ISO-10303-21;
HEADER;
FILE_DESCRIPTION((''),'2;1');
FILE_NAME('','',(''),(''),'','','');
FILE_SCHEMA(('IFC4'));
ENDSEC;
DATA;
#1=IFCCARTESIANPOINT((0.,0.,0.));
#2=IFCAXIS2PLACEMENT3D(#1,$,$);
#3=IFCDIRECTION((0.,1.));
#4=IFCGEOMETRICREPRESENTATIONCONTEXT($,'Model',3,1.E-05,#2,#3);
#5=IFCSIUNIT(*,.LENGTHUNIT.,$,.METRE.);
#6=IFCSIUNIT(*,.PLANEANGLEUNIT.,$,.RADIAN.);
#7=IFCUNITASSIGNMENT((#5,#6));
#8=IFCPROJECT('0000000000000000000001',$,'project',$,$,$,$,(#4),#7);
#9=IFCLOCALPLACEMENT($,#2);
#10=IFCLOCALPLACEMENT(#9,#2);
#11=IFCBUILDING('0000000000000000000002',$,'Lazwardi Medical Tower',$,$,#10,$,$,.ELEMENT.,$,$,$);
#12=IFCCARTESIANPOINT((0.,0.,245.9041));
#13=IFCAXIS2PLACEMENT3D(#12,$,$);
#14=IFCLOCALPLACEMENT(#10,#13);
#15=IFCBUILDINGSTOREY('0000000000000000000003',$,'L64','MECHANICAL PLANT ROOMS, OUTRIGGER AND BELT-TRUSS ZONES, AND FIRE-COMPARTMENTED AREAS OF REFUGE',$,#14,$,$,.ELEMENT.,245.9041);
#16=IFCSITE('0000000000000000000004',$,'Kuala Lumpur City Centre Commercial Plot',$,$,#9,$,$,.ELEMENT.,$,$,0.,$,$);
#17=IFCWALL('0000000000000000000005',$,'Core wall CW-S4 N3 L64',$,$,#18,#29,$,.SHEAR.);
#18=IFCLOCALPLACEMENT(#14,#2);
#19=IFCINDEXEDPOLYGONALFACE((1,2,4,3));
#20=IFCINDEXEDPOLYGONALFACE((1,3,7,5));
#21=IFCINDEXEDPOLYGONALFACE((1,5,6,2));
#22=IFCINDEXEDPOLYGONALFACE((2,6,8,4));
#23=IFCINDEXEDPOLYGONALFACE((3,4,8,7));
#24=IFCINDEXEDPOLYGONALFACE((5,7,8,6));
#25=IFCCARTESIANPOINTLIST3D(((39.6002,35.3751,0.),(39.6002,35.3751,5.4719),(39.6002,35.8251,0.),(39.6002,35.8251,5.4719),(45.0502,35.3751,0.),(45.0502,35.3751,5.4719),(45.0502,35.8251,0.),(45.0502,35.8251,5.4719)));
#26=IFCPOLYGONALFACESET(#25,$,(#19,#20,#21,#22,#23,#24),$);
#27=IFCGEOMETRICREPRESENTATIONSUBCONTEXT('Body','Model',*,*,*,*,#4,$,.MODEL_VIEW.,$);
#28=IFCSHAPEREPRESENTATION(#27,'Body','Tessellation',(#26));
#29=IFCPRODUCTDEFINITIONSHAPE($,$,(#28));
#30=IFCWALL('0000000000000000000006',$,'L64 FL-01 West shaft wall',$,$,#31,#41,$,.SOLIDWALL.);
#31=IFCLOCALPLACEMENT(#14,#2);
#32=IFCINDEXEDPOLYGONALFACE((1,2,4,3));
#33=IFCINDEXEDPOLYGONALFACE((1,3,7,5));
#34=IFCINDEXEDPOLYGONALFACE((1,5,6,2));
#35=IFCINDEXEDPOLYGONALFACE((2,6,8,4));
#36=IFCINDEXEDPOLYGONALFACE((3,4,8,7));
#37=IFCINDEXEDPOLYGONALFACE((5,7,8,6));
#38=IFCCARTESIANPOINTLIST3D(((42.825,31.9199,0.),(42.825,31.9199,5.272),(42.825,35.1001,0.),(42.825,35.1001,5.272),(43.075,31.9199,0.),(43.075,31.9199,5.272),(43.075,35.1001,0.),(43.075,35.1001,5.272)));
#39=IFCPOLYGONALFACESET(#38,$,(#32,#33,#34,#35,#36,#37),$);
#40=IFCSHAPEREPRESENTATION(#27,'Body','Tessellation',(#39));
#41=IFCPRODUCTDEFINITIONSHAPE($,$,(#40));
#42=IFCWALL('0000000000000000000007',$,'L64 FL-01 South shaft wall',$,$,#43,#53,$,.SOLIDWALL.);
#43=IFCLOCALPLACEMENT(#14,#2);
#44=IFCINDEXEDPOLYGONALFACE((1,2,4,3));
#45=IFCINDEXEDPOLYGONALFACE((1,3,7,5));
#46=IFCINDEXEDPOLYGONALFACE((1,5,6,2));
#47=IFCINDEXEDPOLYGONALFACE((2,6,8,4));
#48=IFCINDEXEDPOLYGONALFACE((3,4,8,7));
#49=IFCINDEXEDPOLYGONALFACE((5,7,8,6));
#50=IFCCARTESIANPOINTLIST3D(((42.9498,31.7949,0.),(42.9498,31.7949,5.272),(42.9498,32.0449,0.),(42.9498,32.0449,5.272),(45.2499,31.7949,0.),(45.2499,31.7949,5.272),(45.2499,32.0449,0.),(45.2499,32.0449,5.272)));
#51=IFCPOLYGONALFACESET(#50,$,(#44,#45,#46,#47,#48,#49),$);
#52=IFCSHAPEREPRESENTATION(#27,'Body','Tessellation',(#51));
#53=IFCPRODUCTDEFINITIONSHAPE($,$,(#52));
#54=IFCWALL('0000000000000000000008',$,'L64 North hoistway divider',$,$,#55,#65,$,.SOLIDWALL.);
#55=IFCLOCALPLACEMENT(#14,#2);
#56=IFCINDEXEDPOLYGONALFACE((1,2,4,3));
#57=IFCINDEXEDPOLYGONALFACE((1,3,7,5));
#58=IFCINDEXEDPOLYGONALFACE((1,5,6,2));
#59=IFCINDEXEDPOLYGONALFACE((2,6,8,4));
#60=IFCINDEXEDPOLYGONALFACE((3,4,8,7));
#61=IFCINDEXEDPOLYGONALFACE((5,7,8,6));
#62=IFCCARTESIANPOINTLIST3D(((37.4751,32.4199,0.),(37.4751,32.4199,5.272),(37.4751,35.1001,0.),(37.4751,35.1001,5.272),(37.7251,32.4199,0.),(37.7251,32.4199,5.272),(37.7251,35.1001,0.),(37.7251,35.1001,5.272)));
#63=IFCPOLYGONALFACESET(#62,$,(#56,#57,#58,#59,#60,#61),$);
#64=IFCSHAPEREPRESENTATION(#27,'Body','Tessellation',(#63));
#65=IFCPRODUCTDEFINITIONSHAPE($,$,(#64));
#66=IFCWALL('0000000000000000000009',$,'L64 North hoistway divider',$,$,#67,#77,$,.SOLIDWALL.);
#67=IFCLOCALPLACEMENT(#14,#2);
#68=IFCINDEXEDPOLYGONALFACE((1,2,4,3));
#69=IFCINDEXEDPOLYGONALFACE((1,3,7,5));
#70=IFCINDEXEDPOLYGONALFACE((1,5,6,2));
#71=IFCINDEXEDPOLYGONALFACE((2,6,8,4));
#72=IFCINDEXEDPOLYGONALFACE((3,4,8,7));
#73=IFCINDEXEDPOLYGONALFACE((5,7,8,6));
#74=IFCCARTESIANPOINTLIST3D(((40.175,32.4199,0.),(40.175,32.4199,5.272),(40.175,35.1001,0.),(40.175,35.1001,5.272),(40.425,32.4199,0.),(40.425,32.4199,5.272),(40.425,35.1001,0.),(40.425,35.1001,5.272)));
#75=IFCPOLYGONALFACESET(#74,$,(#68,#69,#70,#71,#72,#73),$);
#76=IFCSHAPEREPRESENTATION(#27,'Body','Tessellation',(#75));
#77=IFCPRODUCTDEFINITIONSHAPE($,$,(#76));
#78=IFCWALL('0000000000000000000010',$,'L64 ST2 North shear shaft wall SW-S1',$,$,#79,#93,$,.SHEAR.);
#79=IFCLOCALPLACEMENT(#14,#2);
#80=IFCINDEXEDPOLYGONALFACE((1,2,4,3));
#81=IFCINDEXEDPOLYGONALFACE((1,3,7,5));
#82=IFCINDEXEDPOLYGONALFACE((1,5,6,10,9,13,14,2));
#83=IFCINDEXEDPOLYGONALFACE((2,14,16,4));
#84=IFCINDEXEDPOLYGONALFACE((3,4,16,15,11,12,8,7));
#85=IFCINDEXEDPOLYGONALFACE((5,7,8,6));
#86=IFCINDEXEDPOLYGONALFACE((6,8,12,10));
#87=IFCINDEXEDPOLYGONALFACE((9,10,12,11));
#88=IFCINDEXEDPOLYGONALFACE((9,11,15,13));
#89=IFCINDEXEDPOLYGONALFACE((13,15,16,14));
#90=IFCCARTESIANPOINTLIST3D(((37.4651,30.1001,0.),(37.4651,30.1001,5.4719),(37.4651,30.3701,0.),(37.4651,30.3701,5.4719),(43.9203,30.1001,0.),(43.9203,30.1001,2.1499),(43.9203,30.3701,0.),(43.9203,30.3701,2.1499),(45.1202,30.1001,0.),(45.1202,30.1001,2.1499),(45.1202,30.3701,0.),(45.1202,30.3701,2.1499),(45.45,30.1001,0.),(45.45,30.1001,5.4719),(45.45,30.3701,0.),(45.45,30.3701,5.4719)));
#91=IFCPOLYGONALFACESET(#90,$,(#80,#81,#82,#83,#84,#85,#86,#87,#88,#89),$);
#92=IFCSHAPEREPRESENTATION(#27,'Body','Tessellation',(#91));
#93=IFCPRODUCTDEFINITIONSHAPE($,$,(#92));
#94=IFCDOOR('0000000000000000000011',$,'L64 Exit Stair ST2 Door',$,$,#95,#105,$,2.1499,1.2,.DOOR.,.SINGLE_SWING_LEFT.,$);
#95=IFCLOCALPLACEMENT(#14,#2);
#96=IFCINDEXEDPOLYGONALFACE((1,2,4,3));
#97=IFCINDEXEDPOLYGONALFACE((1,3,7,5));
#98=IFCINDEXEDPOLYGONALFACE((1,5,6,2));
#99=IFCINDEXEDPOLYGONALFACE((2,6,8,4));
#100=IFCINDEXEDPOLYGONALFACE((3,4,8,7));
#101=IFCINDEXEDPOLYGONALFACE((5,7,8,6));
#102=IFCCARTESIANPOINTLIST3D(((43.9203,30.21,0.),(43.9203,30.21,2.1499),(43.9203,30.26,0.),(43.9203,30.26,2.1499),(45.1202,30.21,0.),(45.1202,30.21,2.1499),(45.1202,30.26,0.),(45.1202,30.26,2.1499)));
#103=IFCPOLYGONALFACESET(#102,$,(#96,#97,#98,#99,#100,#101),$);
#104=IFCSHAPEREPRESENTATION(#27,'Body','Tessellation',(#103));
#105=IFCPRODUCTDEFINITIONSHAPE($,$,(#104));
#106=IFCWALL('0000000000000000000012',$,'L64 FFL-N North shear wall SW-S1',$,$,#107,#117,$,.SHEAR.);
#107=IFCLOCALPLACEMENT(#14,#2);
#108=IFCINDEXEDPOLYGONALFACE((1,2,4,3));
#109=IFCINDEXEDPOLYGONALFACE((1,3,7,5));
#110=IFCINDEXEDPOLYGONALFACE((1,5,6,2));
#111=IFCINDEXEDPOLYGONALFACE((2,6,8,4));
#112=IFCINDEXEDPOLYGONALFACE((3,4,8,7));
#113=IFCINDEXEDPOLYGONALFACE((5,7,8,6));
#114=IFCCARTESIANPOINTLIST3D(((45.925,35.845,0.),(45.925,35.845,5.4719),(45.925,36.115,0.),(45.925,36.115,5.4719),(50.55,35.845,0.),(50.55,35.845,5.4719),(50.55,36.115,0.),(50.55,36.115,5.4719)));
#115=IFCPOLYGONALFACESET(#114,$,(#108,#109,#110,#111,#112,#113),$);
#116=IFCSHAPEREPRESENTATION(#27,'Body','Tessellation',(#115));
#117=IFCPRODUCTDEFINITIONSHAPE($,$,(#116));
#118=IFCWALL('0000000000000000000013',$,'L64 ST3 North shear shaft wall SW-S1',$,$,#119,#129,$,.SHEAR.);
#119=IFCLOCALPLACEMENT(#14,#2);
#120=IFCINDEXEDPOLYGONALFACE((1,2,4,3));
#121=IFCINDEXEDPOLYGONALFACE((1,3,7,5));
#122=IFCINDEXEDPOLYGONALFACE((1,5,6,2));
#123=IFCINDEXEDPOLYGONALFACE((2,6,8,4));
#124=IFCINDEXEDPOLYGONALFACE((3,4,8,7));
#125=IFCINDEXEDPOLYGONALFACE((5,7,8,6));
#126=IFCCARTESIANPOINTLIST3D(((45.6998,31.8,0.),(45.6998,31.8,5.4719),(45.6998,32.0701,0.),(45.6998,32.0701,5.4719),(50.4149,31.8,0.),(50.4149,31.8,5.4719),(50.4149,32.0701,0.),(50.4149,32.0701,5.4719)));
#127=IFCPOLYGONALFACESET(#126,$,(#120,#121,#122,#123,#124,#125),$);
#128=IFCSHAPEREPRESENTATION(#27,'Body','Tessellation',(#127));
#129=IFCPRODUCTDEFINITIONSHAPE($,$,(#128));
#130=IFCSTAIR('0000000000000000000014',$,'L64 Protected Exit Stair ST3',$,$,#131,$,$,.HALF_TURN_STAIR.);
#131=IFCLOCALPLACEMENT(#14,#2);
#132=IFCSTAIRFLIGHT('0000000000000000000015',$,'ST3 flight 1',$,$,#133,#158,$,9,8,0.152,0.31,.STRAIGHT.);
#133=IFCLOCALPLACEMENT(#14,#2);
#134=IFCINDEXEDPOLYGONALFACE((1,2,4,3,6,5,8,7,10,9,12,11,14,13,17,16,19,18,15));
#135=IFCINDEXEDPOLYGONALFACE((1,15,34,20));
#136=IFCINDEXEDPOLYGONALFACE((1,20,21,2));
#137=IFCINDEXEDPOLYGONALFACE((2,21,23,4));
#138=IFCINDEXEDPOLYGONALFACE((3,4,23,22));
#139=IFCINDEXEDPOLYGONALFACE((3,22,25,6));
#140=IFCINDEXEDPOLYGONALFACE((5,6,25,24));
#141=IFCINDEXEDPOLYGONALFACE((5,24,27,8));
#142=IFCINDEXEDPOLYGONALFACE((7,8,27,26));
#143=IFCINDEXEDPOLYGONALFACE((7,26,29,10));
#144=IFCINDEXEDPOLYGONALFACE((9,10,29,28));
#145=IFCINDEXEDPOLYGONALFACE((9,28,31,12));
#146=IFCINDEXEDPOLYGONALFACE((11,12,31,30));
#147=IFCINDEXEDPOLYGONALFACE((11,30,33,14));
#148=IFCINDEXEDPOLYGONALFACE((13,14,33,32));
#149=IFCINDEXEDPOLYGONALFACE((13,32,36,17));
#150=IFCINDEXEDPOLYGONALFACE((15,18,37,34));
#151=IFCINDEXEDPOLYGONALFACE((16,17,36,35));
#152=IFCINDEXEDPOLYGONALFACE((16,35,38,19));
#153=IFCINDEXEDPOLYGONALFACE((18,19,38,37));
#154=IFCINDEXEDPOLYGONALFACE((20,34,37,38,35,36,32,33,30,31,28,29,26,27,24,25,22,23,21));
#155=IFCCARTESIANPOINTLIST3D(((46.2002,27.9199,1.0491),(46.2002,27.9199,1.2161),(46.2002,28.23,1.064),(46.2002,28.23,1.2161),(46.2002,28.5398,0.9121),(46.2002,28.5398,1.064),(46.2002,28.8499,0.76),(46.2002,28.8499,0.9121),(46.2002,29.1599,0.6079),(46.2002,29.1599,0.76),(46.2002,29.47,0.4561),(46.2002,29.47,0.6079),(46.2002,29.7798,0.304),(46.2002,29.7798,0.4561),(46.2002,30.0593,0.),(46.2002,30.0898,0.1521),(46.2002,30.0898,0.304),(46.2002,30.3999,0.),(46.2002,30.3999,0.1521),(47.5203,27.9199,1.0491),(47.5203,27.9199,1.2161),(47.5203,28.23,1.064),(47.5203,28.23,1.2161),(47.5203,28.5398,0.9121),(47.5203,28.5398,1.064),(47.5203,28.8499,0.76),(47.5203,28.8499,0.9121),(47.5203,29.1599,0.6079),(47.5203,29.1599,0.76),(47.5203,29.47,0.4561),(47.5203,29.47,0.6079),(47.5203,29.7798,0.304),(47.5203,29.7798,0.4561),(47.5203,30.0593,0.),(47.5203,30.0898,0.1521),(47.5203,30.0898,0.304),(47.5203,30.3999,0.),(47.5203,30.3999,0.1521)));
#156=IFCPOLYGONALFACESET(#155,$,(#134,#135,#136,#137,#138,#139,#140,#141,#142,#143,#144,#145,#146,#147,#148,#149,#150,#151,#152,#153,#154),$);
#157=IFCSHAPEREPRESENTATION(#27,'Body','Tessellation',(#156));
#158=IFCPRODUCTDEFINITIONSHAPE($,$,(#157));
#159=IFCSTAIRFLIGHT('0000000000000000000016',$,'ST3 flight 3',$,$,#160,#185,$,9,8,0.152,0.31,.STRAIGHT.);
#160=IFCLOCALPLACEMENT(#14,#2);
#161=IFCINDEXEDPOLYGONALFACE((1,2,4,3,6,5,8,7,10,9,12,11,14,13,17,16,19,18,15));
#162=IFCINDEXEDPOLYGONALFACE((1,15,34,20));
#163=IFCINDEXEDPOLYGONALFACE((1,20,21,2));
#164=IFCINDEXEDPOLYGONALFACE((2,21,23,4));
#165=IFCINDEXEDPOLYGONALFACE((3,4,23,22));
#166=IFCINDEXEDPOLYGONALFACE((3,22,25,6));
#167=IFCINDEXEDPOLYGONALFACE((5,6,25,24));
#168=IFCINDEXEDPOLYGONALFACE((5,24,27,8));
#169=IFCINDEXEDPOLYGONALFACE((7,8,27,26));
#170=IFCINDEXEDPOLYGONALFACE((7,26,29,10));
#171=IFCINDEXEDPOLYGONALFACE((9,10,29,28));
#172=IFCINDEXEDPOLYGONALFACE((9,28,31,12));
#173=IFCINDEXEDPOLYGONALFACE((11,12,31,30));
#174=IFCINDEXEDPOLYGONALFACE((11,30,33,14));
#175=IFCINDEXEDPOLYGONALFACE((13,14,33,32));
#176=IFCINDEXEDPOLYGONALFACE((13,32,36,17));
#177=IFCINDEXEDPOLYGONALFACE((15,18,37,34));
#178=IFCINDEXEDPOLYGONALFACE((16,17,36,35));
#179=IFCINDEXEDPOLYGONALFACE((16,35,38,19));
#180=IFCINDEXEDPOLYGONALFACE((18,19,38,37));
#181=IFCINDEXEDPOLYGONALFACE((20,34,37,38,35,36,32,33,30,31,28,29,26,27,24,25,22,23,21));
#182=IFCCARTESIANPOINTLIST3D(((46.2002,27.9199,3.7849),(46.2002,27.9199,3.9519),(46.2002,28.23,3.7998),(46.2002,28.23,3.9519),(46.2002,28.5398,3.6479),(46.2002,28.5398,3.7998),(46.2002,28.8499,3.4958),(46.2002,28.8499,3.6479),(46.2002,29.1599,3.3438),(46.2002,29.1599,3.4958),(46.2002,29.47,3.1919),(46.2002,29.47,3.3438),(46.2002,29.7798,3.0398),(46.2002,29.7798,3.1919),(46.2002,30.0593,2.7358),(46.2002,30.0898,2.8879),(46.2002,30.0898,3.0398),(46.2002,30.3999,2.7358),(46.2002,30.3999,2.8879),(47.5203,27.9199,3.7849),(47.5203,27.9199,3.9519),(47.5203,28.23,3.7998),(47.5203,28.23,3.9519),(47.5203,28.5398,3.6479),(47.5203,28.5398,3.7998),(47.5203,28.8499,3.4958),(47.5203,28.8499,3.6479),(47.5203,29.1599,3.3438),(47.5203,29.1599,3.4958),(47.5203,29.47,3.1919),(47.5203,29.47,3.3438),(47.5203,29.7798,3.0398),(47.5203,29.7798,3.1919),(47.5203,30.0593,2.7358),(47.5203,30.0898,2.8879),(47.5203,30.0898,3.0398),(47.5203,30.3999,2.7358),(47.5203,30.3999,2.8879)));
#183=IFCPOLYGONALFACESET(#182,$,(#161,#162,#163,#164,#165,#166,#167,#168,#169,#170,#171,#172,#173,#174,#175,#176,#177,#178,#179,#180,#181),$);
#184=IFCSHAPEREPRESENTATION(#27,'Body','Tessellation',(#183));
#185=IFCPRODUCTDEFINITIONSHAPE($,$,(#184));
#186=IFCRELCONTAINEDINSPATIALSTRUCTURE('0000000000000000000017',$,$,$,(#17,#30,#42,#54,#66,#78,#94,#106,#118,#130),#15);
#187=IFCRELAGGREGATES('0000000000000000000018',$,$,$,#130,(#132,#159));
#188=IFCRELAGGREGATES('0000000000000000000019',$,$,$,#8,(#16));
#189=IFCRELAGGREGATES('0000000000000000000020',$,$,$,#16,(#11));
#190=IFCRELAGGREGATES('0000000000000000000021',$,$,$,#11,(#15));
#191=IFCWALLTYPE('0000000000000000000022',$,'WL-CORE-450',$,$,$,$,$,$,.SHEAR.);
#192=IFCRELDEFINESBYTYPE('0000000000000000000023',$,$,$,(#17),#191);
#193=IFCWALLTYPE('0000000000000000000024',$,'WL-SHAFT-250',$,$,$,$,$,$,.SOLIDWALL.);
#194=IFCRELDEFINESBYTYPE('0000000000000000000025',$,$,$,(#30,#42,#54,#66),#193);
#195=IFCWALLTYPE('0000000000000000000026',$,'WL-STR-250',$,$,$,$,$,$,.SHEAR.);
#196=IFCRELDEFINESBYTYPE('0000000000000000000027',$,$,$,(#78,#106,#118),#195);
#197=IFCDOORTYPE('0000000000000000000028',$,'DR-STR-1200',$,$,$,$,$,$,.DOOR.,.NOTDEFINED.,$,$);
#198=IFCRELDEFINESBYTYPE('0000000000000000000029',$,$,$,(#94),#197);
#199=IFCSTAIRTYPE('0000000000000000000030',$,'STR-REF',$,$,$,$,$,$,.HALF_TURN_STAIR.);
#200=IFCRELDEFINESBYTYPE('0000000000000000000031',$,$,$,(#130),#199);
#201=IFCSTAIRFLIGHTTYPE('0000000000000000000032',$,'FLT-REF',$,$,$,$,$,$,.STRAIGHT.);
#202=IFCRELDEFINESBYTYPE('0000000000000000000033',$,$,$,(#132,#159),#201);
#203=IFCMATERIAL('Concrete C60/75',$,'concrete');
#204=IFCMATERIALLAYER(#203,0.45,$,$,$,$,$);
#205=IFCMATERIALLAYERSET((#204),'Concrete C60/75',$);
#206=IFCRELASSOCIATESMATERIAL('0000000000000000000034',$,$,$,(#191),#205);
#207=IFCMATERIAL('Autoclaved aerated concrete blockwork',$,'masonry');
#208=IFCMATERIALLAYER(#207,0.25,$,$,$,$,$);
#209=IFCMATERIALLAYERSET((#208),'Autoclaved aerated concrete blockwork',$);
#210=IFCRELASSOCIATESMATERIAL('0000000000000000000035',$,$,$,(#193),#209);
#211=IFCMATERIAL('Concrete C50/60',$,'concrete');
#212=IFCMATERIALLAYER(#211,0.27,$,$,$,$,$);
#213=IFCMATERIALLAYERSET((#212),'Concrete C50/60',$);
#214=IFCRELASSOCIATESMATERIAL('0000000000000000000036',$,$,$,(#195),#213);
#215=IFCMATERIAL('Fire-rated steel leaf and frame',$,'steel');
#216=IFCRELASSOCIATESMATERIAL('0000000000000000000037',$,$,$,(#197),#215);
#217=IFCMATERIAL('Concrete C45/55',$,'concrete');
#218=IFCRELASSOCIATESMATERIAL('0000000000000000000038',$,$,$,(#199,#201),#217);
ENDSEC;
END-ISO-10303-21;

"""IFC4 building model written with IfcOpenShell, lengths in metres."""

from ifc_helpers import new_model, si_unit, direction, frame, frame_2d, origin, place, context, subcontext, project, spatial, polyline, rectangle, outline, extrude, material, layer, layer_set, type_object, element, fill, aggregate, save


model = new_model("IFC4")

# Units and contexts
model_context = context("Model", 3, precision=1e-05, world=origin(), true_north=direction((0.0, 1.0)))
body_context = subcontext(model_context, "Body", "Model", "MODEL_VIEW")
ifc_project = project(units=[si_unit("LENGTHUNIT", "METRE"), si_unit("PLANEANGLEUNIT", "RADIAN")], contexts=[model_context])

# Site, building, storey
site_placement = place(None, origin())
site = spatial("IfcSite", under=ifc_project, at=site_placement, Name="Kuala Lumpur City Centre Commercial Plot", CompositionType="ELEMENT", RefElevation=0.0)
building_placement = place(site_placement, origin())
building = spatial("IfcBuilding", under=site, at=building_placement, Name="Lazwardi Medical Tower", CompositionType="ELEMENT")
storey_placement = place(building_placement, frame((0.0, 0.0, 245.9041)))
storey = spatial("IfcBuildingStorey", under=building, at=storey_placement, Name="L64", Description="MECHANICAL PLANT ROOMS, OUTRIGGER AND BELT-TRUSS ZONES, AND FIRE-COMPARTMENTED AREAS OF REFUGE", CompositionType="ELEMENT", Elevation=245.9041)

# Shared definitions
ifc_material_1 = material(Name="Concrete C60/75", Category="concrete")

# Walls
ifc_layer_1 = layer(ifc_material_1, 0.45)
ifc_layer_set_1 = layer_set([ifc_layer_1], Name="Concrete C60/75")
wall_type_1 = type_object("IfcWallType", Name="WL-CORE-450", PredefinedType="SHEAR", material=ifc_layer_set_1)
wall_1_placement = place(storey_placement, frame((39.6001, 35.6001, 0.0), z_axis=(0.0, 0.0, 1.0), x_axis=(1.0, 0.0, 0.0)))
element("IfcWall", 1, at=wall_1_placement, inside=storey, type_object=wall_type_1, Name="Core wall CW-S4 N3 L64", PredefinedType="SHEAR", context=body_context, shape_type="SweptSolid", body=[
    extrude(rectangle(XDim=5.45, YDim=0.45, at=frame_2d((2.7251, 0.0))), origin(), (0.0, 0.0, 1.0), 5.4719),
])
ifc_material_2 = material(Name="Autoclaved aerated concrete blockwork", Category="masonry")
ifc_layer_2 = layer(ifc_material_2, 0.25)
ifc_layer_set_2 = layer_set([ifc_layer_2], Name="Autoclaved aerated concrete blockwork")
wall_type_2 = type_object("IfcWallType", Name="WL-SHAFT-250", PredefinedType="SOLIDWALL", material=ifc_layer_set_2)
wall_2_placement = place(storey_placement, frame((42.95, 31.9199, 0.0), z_axis=(0.0, 0.0, 1.0), x_axis=(0.0, 1.0, 0.0)))
element("IfcWall", 2, at=wall_2_placement, inside=storey, type_object=wall_type_2, Name="L64 FL-01 West shaft wall", PredefinedType="SOLIDWALL", context=body_context, shape_type="SweptSolid", body=[
    extrude(rectangle(XDim=3.1802, YDim=0.25, at=frame_2d((1.5901, 0.0))), origin(), (0.0, 0.0, 1.0), 5.272),
])
wall_3_placement = place(storey_placement, frame((42.95, 31.9199, 0.0), z_axis=(0.0, 0.0, 1.0), x_axis=(1.0, 0.0, 0.0)))
element("IfcWall", 3, at=wall_3_placement, inside=storey, type_object=wall_type_2, Name="L64 FL-01 South shaft wall", PredefinedType="SOLIDWALL", context=body_context, shape_type="SweptSolid", body=[
    extrude(rectangle(XDim=2.3, YDim=0.25, at=frame_2d((1.1499, 0.0))), origin(), (0.0, 0.0, 1.0), 5.272),
])
for number, where, z_axis, x_axis, name in (
    (4, (37.6001, 32.4199, 0.0), (0.0, 0.0, 1.0), (0.0, 1.0, 0.0), "L64 North hoistway divider"),
    (5, (40.3, 32.4199, 0.0), (0.0, 0.0, 1.0), (0.0, 1.0, 0.0), "L64 North hoistway divider"),
):
    element("IfcWall", number, at=place(storey_placement, frame(where, z_axis=z_axis, x_axis=x_axis)), inside=storey, type_object=wall_type_2, Name=name, PredefinedType="SOLIDWALL", context=body_context, shape_type="SweptSolid", body=[
        extrude(rectangle(XDim=2.6802, YDim=0.25, at=frame_2d((1.3401, 0.0))), origin(), (0.0, 0.0, 1.0), 5.272),
    ])

# Wall, opening, door
ifc_material_3 = material(Name="Concrete C50/60", Category="concrete")
ifc_layer_3 = layer(ifc_material_3, 0.27)
ifc_layer_set_3 = layer_set([ifc_layer_3], Name="Concrete C50/60")
wall_type_3 = type_object("IfcWallType", Name="WL-STR-250", PredefinedType="SHEAR", material=ifc_layer_set_3)
wall_4_placement = place(storey_placement, frame((37.4651, 30.2351, 0.0), z_axis=(0.0, 0.0, 1.0), x_axis=(1.0, 0.0, 0.0)))
wall_4 = element("IfcWall", 6, at=wall_4_placement, inside=storey, type_object=wall_type_3, Name="L64 ST2 North shear shaft wall SW-S1", PredefinedType="SHEAR", context=body_context, shape_type="SweptSolid", body=[
    extrude(rectangle(XDim=7.9849, YDim=0.27, at=frame_2d((3.9924, 0.0))), origin(), (0.0, 0.0, 1.0), 5.4719),
])
opening_placement = place(wall_4_placement, frame((6.4551, 0.0, 0.0)))
opening = element("IfcOpeningElement", 7, at=opening_placement, cuts=wall_4, PredefinedType="OPENING", context=body_context, shape_type="SweptSolid", body=[
    extrude(rectangle(XDim=1.2, YDim=2.1499, at=frame_2d((0.6001, 1.075))), frame((0.0, 0.145, 0.0), z_axis=(0.0, -1.0, 0.0), x_axis=(1.0, 0.0, 0.0)), (0.0, 0.0, 1.0), 0.29),
])
ifc_material_4 = material(Name="Fire-rated steel leaf and frame", Category="steel")
door_type = type_object("IfcDoorType", Name="DR-STR-1200", OperationType="NOTDEFINED", PredefinedType="DOOR", material=ifc_material_4)
door_placement = place(opening_placement, origin())
door = element("IfcDoor", 8, at=door_placement, inside=storey, type_object=door_type, Name="L64 Exit Stair ST2 Door", OperationType="SINGLE_SWING_LEFT", OverallHeight=2.1499, OverallWidth=1.2, PredefinedType="DOOR", context=body_context, shape_type="SweptSolid", body=[
    extrude(rectangle(XDim=1.2, YDim=2.1499, at=frame_2d((0.6001, 1.075))), frame((0.0, 0.0249, 0.0), z_axis=(0.0, -1.0, 0.0), x_axis=(1.0, 0.0, 0.0)), (0.0, 0.0, 1.0), 0.05),
])
fill(opening, door)

# Walls
wall_5_placement = place(storey_placement, frame((45.925, 35.98, 0.0), z_axis=(0.0, 0.0, 1.0), x_axis=(1.0, 0.0, 0.0)))
element("IfcWall", 9, at=wall_5_placement, inside=storey, type_object=wall_type_3, Name="L64 FFL-N North shear wall SW-S1", PredefinedType="SHEAR", context=body_context, shape_type="SweptSolid", body=[
    extrude(rectangle(XDim=4.625, YDim=0.27, at=frame_2d((2.3125, 0.0))), origin(), (0.0, 0.0, 1.0), 5.4719),
])
wall_6_placement = place(storey_placement, frame((45.7, 31.9351, 0.0), z_axis=(0.0, 0.0, 1.0), x_axis=(1.0, 0.0, 0.0)))
element("IfcWall", 10, at=wall_6_placement, inside=storey, type_object=wall_type_3, Name="L64 ST3 North shear shaft wall SW-S1", PredefinedType="SHEAR", context=body_context, shape_type="SweptSolid", body=[
    extrude(rectangle(XDim=4.7151, YDim=0.27, at=frame_2d((2.3574, 0.0))), origin(), (0.0, 0.0, 1.0), 5.4719),
])

# Stair, stair flights
ifc_material_5 = material(Name="Concrete C45/55", Category="concrete")
stair_type = type_object("IfcStairType", Name="STR-REF", PredefinedType="HALF_TURN_STAIR", material=ifc_material_5)
stair_placement = place(storey_placement, origin())
stair = element("IfcStair", 11, at=stair_placement, inside=storey, type_object=stair_type, Name="L64 Protected Exit Stair ST3", PredefinedType="HALF_TURN_STAIR")
stair_flight_type = type_object("IfcStairFlightType", Name="FLT-REF", PredefinedType="STRAIGHT", material=ifc_material_5)
stair_flight_1_placement = place(storey_placement, frame((46.8601, 30.3999, 0.0), z_axis=(0.0, 0.0, 1.0), x_axis=(0.0, -1.0, 0.0)))
stair_flight_1 = element("IfcStairFlight", 12, at=stair_flight_1_placement, type_object=stair_flight_type, Name="ST3 flight 1", NumberOfRisers=9, NumberOfTreads=8, PredefinedType="STRAIGHT", RiserHeight=0.152, TreadLength=0.31, context=body_context, shape_type="SweptSolid", body=[
    extrude(outline(polyline([(0.0, 0.0), (0.0, 0.1521), (0.3101, 0.1521), (0.3101, 0.304), (0.6201, 0.304), (0.6201, 0.4561), (0.9299, 0.4561), (0.9299, 0.6079), (1.24, 0.6079), (1.24, 0.76), (1.55, 0.76), (1.55, 0.9121), (1.8601, 0.9121), (1.8601, 1.064), (2.1699, 1.064), (2.1699, 1.2161), (2.48, 1.2161), (2.48, 1.3679), (2.48, 1.0491), (0.3406, 0.0), (0.0, 0.0)])), frame((0.0, 0.6602, 0.0), z_axis=(0.0, -1.0, 0.0), x_axis=(1.0, 0.0, 0.0)), (0.0, 0.0, 1.0), 1.3201),
])
stair_flight_2_placement = place(storey_placement, frame((46.8601, 30.3999, 2.7358), z_axis=(0.0, 0.0, 1.0), x_axis=(0.0, -1.0, 0.0)))
stair_flight_2 = element("IfcStairFlight", 13, at=stair_flight_2_placement, type_object=stair_flight_type, Name="ST3 flight 3", NumberOfRisers=9, NumberOfTreads=8, PredefinedType="STRAIGHT", RiserHeight=0.152, TreadLength=0.31, context=body_context, shape_type="SweptSolid", body=[
    extrude(outline(polyline([(0.0, 0.0), (0.0, 0.1521), (0.3101, 0.1521), (0.3101, 0.304), (0.6201, 0.304), (0.6201, 0.4561), (0.9299, 0.4561), (0.9299, 0.6079), (1.24, 0.6079), (1.24, 0.76), (1.55, 0.76), (1.55, 0.9121), (1.8601, 0.9121), (1.8601, 1.064), (2.1699, 1.064), (2.1699, 1.2161), (2.48, 1.2161), (2.48, 1.3679), (2.48, 1.0491), (0.3406, 0.0), (0.0, 0.0)])), frame((0.0, 0.6602, 0.0), z_axis=(0.0, -1.0, 0.0), x_axis=(1.0, 0.0, 0.0)), (0.0, 0.0, 1.0), 1.3201),
])
aggregate(stair, [stair_flight_1, stair_flight_2])

save(model, "model.ifc")
